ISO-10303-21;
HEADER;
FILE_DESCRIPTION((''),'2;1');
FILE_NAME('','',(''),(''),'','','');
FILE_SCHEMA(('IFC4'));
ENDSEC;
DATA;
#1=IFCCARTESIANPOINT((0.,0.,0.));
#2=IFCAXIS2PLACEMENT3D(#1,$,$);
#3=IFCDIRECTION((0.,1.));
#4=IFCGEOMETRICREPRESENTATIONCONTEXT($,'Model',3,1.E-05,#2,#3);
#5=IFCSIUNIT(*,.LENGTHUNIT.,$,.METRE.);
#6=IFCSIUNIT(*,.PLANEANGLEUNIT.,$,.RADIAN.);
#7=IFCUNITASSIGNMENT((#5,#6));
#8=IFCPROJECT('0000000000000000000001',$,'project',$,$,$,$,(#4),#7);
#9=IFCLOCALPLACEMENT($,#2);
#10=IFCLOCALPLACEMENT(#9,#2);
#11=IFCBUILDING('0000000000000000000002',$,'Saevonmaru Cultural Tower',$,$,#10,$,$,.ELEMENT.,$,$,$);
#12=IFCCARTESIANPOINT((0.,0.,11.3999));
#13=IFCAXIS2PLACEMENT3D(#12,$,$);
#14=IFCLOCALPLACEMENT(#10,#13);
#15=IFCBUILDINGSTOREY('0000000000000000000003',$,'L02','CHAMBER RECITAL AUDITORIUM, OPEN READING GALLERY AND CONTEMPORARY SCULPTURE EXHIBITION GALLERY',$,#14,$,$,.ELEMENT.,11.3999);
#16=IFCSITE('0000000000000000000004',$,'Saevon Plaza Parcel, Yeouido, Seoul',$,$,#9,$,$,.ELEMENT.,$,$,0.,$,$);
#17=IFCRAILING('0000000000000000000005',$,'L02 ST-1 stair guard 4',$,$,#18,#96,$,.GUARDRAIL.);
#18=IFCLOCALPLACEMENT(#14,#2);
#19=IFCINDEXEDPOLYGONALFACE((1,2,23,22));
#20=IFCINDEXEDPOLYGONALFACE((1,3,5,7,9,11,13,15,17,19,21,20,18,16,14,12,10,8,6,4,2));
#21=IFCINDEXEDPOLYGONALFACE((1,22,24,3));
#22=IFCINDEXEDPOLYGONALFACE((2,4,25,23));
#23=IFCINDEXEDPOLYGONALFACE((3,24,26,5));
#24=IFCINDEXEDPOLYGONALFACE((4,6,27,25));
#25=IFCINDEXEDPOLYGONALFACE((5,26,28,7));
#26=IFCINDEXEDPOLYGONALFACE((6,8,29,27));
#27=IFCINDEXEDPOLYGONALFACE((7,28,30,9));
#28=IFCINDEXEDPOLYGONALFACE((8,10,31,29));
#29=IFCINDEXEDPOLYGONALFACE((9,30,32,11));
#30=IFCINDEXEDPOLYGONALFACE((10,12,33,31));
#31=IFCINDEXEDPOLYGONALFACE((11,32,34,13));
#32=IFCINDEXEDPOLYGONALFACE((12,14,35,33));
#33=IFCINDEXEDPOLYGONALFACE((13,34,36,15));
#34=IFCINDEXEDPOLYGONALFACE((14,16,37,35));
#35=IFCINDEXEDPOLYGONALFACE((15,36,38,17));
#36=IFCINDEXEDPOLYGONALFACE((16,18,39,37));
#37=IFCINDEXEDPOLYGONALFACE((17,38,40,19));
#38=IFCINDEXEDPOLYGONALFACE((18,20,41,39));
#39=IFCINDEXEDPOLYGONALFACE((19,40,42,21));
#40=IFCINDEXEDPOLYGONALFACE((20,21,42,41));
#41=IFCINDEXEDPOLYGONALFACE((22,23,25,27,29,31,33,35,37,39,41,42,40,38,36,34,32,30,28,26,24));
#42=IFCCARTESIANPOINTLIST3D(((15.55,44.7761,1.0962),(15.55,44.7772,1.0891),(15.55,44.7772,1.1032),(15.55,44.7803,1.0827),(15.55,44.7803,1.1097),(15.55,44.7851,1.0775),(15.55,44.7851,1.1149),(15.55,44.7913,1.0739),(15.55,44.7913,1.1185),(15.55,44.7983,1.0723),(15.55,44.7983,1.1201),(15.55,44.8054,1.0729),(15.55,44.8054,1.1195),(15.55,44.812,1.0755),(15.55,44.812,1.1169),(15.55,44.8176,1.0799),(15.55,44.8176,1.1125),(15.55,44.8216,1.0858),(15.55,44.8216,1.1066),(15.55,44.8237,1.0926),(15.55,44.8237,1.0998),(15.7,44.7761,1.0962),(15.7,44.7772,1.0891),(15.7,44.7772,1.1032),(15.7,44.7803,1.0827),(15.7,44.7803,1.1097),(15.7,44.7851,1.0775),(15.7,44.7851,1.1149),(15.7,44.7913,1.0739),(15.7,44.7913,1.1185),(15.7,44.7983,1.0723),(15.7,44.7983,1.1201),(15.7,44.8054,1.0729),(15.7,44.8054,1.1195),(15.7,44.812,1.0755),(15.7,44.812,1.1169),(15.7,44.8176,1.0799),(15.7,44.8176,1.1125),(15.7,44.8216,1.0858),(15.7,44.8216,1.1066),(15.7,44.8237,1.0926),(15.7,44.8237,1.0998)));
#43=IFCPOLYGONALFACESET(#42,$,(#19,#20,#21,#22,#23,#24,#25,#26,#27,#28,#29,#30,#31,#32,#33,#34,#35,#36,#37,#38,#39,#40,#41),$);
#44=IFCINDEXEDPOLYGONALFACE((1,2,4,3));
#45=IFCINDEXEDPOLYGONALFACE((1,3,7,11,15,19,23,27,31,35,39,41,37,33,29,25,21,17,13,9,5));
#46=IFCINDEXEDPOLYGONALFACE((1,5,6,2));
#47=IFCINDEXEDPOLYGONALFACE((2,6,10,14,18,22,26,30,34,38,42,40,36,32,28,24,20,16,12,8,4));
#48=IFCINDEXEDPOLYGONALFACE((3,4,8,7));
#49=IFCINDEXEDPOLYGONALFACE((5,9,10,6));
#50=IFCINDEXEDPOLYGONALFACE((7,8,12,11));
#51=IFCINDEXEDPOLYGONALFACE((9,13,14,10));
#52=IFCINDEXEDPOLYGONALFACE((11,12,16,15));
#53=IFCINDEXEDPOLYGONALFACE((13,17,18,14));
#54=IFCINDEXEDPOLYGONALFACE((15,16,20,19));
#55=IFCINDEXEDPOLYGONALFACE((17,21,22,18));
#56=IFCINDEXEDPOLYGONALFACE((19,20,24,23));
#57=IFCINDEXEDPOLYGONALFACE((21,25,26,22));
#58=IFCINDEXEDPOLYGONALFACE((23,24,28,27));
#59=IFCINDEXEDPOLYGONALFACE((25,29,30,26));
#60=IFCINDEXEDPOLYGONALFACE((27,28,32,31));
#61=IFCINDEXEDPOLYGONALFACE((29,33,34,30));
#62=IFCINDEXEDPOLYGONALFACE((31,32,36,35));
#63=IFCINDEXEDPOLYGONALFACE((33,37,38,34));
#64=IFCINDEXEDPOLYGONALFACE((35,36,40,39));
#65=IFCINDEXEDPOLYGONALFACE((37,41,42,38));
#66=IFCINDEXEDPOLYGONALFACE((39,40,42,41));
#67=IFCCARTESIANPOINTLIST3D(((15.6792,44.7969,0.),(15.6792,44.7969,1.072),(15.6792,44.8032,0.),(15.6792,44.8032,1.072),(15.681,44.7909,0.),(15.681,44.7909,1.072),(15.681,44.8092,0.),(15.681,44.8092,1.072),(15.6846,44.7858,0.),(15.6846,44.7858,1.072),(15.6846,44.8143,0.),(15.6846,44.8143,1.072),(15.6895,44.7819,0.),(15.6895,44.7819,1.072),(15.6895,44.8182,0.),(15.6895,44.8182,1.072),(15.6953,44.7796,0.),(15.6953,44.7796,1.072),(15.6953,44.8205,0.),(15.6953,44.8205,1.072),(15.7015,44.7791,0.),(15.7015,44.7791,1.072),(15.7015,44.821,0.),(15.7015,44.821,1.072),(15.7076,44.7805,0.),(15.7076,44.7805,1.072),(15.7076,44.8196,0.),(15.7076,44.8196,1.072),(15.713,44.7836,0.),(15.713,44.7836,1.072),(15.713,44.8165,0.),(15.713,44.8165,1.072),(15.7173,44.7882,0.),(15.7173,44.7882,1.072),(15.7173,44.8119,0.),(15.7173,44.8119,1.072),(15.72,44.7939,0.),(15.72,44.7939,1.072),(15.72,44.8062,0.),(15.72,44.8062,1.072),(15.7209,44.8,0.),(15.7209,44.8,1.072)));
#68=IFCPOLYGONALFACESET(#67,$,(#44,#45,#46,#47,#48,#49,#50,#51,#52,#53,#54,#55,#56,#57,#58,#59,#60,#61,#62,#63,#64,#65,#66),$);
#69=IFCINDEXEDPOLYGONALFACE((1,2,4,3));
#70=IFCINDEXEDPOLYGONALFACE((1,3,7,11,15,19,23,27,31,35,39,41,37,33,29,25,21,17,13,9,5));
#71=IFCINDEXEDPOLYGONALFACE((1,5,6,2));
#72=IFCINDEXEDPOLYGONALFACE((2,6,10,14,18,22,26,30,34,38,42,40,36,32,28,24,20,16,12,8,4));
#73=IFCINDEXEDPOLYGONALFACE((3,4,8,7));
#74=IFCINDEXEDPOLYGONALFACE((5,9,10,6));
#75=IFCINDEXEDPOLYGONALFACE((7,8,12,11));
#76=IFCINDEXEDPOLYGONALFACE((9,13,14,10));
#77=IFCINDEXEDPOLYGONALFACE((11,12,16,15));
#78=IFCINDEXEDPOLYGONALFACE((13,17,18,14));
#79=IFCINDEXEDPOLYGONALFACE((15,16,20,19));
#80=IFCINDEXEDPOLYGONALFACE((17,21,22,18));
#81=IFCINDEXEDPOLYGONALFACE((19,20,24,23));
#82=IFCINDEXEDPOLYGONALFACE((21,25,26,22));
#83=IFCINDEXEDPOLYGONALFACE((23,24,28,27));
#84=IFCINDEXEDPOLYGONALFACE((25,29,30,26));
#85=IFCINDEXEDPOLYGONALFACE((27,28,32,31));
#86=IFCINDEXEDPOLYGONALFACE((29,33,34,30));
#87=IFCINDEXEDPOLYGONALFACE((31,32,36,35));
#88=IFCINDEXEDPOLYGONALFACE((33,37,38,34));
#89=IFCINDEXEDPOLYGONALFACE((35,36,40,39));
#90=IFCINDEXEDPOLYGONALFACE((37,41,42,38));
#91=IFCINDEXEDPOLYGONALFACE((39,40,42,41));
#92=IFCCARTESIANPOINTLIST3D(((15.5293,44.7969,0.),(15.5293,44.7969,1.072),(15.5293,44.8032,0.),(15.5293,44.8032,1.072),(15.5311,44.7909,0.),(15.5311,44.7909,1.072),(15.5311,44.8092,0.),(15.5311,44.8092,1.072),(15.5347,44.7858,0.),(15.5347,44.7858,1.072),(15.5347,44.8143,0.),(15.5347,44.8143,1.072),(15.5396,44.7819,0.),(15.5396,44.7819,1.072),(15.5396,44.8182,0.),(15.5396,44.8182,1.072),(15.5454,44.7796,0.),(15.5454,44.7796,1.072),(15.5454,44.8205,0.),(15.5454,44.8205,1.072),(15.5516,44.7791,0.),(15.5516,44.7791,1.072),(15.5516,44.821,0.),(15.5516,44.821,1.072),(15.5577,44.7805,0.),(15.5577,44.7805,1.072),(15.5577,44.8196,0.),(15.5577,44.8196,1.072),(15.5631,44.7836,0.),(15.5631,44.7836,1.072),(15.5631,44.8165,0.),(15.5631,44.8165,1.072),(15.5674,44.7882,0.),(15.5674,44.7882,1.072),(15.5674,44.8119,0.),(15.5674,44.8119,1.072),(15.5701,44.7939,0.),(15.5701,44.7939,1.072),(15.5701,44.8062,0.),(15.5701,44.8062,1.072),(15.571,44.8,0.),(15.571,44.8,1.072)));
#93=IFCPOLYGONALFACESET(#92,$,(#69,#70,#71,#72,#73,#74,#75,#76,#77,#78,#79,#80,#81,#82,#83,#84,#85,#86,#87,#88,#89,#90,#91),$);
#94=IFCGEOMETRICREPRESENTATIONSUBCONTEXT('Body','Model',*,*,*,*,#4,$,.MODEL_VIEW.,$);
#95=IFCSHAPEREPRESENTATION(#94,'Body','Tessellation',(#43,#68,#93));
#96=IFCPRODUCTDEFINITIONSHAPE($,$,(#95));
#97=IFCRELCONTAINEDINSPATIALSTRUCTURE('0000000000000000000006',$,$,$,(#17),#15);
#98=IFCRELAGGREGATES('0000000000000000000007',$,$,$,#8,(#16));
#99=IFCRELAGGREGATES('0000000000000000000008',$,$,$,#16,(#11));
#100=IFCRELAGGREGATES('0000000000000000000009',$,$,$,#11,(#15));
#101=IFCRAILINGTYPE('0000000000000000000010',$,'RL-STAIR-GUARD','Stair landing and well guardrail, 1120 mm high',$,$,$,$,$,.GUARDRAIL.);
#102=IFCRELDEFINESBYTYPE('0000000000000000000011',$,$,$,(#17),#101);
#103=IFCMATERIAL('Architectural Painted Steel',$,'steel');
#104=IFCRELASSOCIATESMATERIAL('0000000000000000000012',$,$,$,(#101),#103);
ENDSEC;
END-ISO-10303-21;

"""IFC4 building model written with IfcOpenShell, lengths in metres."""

from ifc_helpers import new_model, si_unit, direction, frame, origin, origin_2d, place, context, subcontext, project, spatial, circle, extrude, material, type_object, element, save


model = new_model("IFC4")

# Units and contexts
model_context = context("Model", 3, precision=1e-05, world=origin(), true_north=direction((0.0, 1.0)))
body_context = subcontext(model_context, "Body", "Model", "MODEL_VIEW")
ifc_project = project(units=[si_unit("LENGTHUNIT", "METRE"), si_unit("PLANEANGLEUNIT", "RADIAN")], contexts=[model_context])

# Site, building, storey
site_placement = place(None, origin())
site = spatial("IfcSite", under=ifc_project, at=site_placement, Name="Saevon Plaza Parcel, Yeouido, Seoul", CompositionType="ELEMENT", RefElevation=0.0)
building_placement = place(site_placement, origin())
building = spatial("IfcBuilding", under=site, at=building_placement, Name="Saevonmaru Cultural Tower", CompositionType="ELEMENT")
storey_placement = place(building_placement, frame((0.0, 0.0, 11.3999)))
storey = spatial("IfcBuildingStorey", under=building, at=storey_placement, Name="L02", Description="CHAMBER RECITAL AUDITORIUM, OPEN READING GALLERY AND CONTEMPORARY SCULPTURE EXHIBITION GALLERY", CompositionType="ELEMENT", Elevation=11.3999)

# Railing
ifc_material_1 = material(Name="Architectural Painted Steel", Category="steel")
railing_type_1 = type_object("IfcRailingType", Name="RL-STAIR-GUARD", Description="Stair landing and well guardrail, 1120 mm high", PredefinedType="GUARDRAIL", material=ifc_material_1)
railing_1_placement = place(storey_placement, frame((15.7, 44.8, 0.0)))
element("IfcRailing", 1, at=railing_1_placement, inside=storey, type_object=railing_type_1, Name="L02 ST-1 stair guard 4", PredefinedType="GUARDRAIL", context=body_context, shape_type="SweptSolid", body=[
    extrude(circle(Radius=0.0239, at=origin_2d()), frame((0.0, 0.0, 1.0962), z_axis=(-1.0, 0.0, 0.0), x_axis=(0.0, -1.0, 0.0)), (0.0, 0.0, 1.0), 0.1499),
    extrude(circle(Radius=0.021, at=origin_2d()), origin(), (0.0, 0.0, 1.0), 1.072),
    extrude(circle(Radius=0.021, at=origin_2d()), frame((-0.1499, 0.0, 0.0)), (0.0, 0.0, 1.0), 1.072),
])

save(model, "model.ifc")
